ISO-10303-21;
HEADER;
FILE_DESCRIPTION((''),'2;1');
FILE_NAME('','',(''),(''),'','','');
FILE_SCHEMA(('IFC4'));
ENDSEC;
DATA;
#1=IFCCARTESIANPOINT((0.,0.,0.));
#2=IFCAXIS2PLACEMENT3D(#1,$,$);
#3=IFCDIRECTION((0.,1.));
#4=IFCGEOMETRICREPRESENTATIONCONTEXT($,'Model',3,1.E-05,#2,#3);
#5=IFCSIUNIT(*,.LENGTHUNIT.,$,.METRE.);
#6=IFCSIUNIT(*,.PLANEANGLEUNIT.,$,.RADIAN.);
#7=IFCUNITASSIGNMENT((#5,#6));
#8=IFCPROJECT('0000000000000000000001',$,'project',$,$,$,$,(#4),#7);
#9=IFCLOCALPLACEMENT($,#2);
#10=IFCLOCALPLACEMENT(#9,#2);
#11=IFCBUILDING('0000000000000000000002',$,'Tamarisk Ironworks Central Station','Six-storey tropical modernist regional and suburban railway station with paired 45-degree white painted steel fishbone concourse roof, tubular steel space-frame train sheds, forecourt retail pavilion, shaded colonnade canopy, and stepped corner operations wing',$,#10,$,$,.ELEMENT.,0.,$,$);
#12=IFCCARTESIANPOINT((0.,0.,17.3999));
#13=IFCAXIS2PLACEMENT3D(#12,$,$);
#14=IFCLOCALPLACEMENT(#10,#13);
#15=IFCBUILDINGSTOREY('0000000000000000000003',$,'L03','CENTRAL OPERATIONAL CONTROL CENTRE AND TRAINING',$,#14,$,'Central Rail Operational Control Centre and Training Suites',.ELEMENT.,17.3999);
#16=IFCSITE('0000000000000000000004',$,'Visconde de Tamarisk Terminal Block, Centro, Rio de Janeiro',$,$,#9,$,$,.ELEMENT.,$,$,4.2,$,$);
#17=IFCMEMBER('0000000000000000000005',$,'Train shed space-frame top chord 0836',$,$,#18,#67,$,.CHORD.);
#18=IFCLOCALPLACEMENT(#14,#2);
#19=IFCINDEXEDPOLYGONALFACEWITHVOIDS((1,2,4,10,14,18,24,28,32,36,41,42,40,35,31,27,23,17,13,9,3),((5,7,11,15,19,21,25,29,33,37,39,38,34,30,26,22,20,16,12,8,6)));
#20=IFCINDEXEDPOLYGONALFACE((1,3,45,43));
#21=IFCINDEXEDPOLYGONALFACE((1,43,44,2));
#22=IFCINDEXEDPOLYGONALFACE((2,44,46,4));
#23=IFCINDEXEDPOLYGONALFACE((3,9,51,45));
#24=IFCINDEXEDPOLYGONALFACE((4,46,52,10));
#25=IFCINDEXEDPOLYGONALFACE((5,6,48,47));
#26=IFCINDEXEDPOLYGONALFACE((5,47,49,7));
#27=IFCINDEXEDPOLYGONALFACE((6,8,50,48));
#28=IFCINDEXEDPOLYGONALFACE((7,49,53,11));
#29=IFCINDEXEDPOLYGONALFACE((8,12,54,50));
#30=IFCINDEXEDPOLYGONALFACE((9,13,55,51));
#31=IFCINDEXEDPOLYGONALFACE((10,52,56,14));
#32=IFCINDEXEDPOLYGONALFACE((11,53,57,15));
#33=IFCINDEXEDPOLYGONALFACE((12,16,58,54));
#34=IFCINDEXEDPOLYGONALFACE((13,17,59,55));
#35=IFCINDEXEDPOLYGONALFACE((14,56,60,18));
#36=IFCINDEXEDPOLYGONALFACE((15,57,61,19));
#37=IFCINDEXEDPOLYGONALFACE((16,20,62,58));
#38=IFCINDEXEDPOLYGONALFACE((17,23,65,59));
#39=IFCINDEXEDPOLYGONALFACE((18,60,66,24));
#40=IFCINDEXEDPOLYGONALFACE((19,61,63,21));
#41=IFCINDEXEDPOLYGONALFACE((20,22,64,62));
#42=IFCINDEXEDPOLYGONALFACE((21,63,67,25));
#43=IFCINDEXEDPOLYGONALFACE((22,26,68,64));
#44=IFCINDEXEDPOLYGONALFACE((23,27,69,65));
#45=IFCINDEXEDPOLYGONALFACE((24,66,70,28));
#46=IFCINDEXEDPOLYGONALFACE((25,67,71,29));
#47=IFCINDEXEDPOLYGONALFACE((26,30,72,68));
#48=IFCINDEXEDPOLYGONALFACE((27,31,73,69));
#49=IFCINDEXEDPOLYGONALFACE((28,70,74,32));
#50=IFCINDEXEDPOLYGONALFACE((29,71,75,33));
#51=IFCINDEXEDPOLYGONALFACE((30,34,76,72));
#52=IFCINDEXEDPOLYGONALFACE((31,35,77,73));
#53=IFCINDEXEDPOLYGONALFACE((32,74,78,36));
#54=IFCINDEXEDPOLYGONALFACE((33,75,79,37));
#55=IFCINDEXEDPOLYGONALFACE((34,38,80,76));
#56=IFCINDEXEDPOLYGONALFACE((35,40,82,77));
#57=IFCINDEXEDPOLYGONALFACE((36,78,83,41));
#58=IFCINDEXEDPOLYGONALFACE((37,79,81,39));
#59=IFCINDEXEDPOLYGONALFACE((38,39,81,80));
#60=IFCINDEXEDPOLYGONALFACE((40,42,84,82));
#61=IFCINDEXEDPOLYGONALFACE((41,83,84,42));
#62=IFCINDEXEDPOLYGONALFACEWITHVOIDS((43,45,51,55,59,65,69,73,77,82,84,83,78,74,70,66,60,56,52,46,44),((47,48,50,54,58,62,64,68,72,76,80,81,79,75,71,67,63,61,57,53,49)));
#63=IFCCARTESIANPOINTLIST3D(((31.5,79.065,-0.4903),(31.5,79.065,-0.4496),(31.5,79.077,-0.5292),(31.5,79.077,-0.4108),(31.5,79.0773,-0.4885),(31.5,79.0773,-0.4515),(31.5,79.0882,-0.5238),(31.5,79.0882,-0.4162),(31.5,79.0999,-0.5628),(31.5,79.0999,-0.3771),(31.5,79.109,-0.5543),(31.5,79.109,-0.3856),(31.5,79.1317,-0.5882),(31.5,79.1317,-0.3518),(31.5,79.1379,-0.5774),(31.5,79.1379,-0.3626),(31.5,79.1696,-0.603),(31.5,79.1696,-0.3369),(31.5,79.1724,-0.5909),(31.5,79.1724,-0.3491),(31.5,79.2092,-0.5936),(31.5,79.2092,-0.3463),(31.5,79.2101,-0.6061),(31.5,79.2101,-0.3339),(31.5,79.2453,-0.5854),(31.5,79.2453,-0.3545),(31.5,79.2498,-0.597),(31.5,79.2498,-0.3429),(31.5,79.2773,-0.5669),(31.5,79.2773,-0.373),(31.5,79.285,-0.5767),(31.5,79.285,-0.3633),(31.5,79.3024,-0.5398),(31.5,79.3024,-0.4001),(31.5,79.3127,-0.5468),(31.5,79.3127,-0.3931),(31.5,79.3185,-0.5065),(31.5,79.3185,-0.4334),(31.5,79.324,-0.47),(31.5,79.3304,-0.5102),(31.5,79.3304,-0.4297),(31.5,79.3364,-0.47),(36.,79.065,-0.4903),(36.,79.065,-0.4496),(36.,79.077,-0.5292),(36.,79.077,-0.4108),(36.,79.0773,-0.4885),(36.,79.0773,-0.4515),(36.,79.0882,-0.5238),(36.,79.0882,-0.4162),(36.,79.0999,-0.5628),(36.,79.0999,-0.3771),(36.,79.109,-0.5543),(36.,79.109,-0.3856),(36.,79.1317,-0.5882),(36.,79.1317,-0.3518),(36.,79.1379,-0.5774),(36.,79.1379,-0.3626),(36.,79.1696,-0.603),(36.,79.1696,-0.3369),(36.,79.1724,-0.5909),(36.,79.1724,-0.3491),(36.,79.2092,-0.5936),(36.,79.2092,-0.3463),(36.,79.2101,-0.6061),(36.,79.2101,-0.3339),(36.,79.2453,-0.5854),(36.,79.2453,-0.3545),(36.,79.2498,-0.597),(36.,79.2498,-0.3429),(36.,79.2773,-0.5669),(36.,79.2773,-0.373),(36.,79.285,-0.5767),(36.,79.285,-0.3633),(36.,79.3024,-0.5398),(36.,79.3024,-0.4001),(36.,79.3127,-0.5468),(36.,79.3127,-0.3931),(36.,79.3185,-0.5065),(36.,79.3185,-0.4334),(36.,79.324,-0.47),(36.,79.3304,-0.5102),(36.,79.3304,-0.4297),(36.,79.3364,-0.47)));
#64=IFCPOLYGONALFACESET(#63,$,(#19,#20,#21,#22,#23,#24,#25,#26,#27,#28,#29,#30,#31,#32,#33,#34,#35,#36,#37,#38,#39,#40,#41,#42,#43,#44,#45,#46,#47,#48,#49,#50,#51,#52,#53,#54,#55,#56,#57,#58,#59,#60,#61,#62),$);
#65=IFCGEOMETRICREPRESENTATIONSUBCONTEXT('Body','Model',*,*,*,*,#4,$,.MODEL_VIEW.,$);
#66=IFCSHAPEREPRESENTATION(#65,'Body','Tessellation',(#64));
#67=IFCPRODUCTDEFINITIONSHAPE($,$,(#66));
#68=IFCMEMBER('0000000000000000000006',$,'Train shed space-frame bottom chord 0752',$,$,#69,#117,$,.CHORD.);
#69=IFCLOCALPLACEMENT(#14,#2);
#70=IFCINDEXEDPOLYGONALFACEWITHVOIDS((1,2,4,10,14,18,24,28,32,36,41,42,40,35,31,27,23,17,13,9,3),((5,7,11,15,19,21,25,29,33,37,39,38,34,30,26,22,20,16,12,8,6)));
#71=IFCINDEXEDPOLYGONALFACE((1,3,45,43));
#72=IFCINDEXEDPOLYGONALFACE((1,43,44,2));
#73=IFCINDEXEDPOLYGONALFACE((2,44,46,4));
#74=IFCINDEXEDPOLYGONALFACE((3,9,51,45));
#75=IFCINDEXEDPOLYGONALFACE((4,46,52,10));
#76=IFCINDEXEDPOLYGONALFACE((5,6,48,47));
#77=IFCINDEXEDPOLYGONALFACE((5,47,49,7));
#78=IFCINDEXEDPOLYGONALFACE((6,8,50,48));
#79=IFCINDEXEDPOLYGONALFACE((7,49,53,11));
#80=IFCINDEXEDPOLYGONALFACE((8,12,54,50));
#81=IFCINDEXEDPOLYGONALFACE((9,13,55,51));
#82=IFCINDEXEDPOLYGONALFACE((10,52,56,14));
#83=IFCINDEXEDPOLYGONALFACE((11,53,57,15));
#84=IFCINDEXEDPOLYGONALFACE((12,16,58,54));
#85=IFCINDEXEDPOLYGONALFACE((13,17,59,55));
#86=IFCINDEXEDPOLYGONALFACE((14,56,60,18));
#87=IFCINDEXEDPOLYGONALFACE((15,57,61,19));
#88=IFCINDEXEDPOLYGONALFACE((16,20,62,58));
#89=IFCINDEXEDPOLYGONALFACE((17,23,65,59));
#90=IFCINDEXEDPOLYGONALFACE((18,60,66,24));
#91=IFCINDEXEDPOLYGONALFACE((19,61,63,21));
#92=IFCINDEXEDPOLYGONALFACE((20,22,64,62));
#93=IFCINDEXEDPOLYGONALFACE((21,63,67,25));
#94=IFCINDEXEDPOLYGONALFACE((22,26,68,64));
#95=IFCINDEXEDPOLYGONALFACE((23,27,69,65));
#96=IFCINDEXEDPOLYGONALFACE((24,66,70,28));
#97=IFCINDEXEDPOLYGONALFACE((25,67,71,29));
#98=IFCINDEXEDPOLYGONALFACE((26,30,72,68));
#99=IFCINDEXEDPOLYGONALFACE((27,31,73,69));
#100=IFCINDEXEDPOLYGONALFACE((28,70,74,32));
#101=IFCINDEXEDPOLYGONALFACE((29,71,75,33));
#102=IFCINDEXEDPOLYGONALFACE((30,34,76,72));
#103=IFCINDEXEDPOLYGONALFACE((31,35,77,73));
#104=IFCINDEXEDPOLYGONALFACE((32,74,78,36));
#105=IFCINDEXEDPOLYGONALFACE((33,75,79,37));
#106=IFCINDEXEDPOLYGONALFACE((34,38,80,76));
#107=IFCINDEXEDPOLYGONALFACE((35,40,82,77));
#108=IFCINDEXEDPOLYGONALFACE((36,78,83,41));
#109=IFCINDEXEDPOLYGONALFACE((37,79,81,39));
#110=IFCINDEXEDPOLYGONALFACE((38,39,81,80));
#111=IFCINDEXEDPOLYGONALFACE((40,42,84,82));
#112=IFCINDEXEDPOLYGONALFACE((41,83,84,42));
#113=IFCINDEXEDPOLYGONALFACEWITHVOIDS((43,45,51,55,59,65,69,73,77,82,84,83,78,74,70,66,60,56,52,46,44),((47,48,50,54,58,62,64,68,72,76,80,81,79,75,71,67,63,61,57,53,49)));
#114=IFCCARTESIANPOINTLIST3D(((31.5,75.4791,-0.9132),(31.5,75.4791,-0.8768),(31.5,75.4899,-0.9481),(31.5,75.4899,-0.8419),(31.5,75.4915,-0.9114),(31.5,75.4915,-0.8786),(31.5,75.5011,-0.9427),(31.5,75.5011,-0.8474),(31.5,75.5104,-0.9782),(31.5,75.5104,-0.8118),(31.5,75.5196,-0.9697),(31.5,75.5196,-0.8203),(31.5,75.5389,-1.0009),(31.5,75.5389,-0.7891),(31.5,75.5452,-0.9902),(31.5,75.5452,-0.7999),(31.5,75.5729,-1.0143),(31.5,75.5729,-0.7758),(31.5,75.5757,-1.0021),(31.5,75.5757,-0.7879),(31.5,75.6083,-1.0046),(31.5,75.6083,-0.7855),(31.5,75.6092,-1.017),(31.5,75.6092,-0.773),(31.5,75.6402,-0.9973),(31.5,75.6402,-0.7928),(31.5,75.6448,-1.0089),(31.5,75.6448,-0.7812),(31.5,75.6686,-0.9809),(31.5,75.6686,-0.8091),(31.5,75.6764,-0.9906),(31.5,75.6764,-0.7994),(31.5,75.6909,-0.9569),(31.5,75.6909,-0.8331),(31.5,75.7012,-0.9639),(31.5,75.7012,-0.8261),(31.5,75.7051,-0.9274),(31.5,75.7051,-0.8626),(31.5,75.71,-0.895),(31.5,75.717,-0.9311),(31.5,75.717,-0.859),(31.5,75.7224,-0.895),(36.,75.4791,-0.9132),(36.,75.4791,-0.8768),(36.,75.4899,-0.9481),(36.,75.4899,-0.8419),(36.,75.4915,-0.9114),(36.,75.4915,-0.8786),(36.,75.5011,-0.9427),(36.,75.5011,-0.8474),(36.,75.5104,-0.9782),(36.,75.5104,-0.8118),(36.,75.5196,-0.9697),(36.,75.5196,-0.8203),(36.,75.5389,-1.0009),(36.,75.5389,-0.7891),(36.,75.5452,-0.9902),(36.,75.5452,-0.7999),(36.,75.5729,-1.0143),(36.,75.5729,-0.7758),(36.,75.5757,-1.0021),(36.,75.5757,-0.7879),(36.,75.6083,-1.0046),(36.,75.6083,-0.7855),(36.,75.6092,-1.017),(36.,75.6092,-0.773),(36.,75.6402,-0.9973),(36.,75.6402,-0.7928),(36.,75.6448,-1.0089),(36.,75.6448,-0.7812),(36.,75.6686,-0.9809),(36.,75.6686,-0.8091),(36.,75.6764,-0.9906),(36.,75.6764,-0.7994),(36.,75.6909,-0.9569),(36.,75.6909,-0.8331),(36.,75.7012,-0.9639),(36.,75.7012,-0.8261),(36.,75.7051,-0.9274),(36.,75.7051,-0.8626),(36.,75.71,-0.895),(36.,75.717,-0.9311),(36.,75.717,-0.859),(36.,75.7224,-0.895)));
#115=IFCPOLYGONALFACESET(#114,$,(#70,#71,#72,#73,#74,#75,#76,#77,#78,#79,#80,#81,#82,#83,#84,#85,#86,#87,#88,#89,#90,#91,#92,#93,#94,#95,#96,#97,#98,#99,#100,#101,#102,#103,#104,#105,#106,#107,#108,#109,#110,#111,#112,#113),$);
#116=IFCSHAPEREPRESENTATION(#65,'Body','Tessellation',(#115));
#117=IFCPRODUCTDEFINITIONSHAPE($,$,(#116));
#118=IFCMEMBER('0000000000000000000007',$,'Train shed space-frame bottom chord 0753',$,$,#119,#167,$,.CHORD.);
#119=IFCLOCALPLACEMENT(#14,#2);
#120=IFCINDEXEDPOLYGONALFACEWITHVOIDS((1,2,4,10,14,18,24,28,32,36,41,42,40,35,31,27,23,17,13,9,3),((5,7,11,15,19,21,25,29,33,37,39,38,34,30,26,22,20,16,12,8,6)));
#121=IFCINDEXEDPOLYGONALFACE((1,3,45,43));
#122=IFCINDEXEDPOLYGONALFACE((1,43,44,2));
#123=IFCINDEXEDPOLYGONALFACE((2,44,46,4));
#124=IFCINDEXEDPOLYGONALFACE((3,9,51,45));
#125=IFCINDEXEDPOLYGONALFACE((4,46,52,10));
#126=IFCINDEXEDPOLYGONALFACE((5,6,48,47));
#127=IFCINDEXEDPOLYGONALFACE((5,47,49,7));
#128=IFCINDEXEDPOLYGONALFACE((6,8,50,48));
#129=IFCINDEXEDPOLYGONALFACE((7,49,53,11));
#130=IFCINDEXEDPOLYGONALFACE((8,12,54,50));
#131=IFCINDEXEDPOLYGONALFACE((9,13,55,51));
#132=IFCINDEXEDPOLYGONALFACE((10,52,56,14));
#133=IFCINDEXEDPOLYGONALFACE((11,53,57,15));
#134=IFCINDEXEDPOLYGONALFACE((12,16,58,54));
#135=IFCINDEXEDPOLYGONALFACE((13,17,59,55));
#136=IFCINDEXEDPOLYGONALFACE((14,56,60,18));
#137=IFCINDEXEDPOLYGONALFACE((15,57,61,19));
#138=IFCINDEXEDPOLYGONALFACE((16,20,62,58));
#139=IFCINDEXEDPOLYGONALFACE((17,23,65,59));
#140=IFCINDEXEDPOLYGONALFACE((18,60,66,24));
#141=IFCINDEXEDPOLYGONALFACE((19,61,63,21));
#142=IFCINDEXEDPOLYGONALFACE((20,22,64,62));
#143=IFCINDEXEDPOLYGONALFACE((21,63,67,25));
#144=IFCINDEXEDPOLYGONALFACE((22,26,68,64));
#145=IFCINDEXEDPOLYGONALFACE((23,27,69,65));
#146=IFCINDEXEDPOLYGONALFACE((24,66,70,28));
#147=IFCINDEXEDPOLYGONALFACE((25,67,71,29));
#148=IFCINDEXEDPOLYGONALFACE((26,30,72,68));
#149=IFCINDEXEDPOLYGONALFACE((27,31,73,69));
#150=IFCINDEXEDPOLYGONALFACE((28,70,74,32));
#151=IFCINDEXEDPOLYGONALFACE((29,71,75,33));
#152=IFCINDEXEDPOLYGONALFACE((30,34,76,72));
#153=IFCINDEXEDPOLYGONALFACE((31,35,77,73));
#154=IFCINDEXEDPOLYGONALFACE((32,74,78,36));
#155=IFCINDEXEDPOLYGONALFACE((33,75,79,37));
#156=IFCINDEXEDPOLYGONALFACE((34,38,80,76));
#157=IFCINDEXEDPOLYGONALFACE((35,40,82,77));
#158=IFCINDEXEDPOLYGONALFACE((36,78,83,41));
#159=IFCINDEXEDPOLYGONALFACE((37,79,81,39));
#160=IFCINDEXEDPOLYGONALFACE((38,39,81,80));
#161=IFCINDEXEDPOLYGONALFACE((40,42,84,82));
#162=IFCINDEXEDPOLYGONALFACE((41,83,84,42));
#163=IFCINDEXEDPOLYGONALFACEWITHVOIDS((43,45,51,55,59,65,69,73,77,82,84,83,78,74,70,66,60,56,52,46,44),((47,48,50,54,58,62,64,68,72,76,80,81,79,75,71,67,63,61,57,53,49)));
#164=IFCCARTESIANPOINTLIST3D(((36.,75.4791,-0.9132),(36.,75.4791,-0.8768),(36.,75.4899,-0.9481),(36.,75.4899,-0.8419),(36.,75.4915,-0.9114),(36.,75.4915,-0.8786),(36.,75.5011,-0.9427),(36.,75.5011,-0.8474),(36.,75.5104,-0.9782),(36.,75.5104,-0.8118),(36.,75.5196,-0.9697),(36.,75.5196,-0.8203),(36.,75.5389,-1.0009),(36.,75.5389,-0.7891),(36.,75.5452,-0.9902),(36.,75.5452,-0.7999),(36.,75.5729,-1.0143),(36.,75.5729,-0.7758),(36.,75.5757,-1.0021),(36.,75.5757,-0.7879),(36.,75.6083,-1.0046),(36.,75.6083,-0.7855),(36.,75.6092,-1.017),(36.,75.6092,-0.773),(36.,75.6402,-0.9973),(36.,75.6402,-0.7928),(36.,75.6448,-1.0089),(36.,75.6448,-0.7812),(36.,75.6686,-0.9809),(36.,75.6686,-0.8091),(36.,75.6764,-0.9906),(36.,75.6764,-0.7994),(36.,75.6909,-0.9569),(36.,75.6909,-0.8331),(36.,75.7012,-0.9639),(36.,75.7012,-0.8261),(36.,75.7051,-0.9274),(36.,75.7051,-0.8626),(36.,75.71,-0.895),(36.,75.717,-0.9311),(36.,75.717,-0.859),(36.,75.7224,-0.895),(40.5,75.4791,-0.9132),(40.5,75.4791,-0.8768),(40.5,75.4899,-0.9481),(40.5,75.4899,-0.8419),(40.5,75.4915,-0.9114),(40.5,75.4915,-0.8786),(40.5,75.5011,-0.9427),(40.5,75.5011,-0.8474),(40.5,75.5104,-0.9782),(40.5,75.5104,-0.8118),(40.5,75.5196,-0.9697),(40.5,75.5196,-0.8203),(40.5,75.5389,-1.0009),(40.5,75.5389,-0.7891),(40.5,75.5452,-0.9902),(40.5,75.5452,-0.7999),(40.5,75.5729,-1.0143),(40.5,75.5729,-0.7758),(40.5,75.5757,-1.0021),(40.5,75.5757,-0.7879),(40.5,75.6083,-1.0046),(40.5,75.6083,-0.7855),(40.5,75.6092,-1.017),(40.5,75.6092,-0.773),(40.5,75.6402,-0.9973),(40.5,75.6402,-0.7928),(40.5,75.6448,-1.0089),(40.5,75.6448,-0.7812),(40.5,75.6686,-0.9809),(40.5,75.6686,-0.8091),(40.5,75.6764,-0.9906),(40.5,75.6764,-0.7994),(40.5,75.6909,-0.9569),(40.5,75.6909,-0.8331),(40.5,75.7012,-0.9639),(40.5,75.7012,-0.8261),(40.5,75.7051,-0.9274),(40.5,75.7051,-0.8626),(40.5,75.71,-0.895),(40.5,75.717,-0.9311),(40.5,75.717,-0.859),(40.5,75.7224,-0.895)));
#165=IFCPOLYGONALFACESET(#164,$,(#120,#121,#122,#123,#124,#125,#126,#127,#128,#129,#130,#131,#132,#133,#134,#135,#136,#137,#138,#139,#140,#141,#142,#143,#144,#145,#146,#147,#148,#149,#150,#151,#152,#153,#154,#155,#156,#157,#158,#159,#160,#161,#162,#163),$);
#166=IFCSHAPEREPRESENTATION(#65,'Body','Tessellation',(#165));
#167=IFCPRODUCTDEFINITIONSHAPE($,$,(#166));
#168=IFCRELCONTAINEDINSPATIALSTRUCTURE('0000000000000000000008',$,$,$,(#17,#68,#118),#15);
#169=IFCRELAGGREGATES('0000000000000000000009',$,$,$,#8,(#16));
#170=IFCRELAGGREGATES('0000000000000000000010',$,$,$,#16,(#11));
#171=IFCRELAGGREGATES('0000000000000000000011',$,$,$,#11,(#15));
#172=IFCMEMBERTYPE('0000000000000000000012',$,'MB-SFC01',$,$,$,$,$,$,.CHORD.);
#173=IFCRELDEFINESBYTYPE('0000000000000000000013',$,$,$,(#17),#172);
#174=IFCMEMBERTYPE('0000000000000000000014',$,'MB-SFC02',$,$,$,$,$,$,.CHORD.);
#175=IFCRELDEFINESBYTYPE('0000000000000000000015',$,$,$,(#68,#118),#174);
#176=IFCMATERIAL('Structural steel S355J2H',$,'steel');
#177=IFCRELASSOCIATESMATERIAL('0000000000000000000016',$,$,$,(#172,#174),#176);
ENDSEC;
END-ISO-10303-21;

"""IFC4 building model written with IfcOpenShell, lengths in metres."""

from ifc_helpers import new_model, si_unit, direction, frame, origin, origin_2d, place, context, subcontext, project, spatial, hollow_circle, extrude, material, material_profile, profile_set, type_object, element, save


model = new_model("IFC4")

# Units and contexts
model_context = context("Model", 3, precision=1e-05, world=origin(), true_north=direction((0.0, 1.0)))
body_context = subcontext(model_context, "Body", "Model", "MODEL_VIEW")
ifc_project = project(units=[si_unit("LENGTHUNIT", "METRE"), si_unit("PLANEANGLEUNIT", "RADIAN")], contexts=[model_context])

# Site, building, storey
site_placement = place(None, origin())
site = spatial("IfcSite", under=ifc_project, at=site_placement, Name="Visconde de Tamarisk Terminal Block, Centro, Rio de Janeiro", CompositionType="ELEMENT", RefElevation=4.2)
building_placement = place(site_placement, origin())
building = spatial("IfcBuilding", under=site, at=building_placement, Name="Tamarisk Ironworks Central Station", Description="Six-storey tropical modernist regional and suburban railway station with paired 45-degree white painted steel fishbone concourse roof, tubular steel space-frame train sheds, forecourt retail pavilion, shaded colonnade canopy, and stepped corner operations wing", CompositionType="ELEMENT", ElevationOfRefHeight=0.0)
storey_placement = place(building_placement, frame((0.0, 0.0, 17.3999)))
storey = spatial("IfcBuildingStorey", under=building, at=storey_placement, Name="L03", Description="CENTRAL OPERATIONAL CONTROL CENTRE AND TRAINING", LongName="Central Rail Operational Control Centre and Training Suites", CompositionType="ELEMENT", Elevation=17.3999)

# Members
ifc_material_1 = material(Name="Structural steel S355J2H", Category="steel")
ifc_material_profile_1 = material_profile(ifc_material_1, hollow_circle(Radius=0.1365, WallThickness=0.0125, at=origin_2d()), Name="CHS 273x12.5")
ifc_profile_set_1 = profile_set([ifc_material_profile_1], Name="Structural steel S355J2H")
member_type_1 = type_object("IfcMemberType", Name="MB-SFC01", PredefinedType="CHORD", material=ifc_profile_set_1)
for number, where, z_axis, x_axis, name in (
    (1, (31.5, 79.2, -0.47), (1.0, 0.0, 0.0), (0.0, 1.0, 0.0), "Train shed space-frame top chord 0836"),
):
    element("IfcMember", number, at=place(storey_placement, frame(where, z_axis=z_axis, x_axis=x_axis)), inside=storey, type_object=member_type_1, Name=name, PredefinedType="CHORD", context=body_context, shape_type="SweptSolid", body=[
        extrude(hollow_circle(Radius=0.1365, WallThickness=0.0125, at=origin_2d()), origin(), (0.0, 0.0, 1.0), 4.5),
    ])
ifc_material_profile_2 = material_profile(ifc_material_1, hollow_circle(Radius=0.1223, WallThickness=0.0125, at=origin_2d()), Name="CHS 244.5x12.5")
ifc_profile_set_2 = profile_set([ifc_material_profile_2], Name="Structural steel S355J2H")
member_type_2 = type_object("IfcMemberType", Name="MB-SFC02", PredefinedType="CHORD", material=ifc_profile_set_2)
for number, where, z_axis, x_axis, name in (
    (2, (31.5, 75.6001, -0.895), (1.0, 0.0, 0.0), (0.0, 1.0, 0.0), "Train shed space-frame bottom chord 0752"),
    (3, (36.0, 75.6001, -0.895), (1.0, 0.0, 0.0), (0.0, 1.0, 0.0), "Train shed space-frame bottom chord 0753"),
):
    element("IfcMember", number, at=place(storey_placement, frame(where, z_axis=z_axis, x_axis=x_axis)), inside=storey, type_object=member_type_2, Name=name, PredefinedType="CHORD", context=body_context, shape_type="SweptSolid", body=[
        extrude(hollow_circle(Radius=0.1223, WallThickness=0.0125, at=origin_2d()), origin(), (0.0, 0.0, 1.0), 4.5),
    ])

save(model, "model.ifc")
